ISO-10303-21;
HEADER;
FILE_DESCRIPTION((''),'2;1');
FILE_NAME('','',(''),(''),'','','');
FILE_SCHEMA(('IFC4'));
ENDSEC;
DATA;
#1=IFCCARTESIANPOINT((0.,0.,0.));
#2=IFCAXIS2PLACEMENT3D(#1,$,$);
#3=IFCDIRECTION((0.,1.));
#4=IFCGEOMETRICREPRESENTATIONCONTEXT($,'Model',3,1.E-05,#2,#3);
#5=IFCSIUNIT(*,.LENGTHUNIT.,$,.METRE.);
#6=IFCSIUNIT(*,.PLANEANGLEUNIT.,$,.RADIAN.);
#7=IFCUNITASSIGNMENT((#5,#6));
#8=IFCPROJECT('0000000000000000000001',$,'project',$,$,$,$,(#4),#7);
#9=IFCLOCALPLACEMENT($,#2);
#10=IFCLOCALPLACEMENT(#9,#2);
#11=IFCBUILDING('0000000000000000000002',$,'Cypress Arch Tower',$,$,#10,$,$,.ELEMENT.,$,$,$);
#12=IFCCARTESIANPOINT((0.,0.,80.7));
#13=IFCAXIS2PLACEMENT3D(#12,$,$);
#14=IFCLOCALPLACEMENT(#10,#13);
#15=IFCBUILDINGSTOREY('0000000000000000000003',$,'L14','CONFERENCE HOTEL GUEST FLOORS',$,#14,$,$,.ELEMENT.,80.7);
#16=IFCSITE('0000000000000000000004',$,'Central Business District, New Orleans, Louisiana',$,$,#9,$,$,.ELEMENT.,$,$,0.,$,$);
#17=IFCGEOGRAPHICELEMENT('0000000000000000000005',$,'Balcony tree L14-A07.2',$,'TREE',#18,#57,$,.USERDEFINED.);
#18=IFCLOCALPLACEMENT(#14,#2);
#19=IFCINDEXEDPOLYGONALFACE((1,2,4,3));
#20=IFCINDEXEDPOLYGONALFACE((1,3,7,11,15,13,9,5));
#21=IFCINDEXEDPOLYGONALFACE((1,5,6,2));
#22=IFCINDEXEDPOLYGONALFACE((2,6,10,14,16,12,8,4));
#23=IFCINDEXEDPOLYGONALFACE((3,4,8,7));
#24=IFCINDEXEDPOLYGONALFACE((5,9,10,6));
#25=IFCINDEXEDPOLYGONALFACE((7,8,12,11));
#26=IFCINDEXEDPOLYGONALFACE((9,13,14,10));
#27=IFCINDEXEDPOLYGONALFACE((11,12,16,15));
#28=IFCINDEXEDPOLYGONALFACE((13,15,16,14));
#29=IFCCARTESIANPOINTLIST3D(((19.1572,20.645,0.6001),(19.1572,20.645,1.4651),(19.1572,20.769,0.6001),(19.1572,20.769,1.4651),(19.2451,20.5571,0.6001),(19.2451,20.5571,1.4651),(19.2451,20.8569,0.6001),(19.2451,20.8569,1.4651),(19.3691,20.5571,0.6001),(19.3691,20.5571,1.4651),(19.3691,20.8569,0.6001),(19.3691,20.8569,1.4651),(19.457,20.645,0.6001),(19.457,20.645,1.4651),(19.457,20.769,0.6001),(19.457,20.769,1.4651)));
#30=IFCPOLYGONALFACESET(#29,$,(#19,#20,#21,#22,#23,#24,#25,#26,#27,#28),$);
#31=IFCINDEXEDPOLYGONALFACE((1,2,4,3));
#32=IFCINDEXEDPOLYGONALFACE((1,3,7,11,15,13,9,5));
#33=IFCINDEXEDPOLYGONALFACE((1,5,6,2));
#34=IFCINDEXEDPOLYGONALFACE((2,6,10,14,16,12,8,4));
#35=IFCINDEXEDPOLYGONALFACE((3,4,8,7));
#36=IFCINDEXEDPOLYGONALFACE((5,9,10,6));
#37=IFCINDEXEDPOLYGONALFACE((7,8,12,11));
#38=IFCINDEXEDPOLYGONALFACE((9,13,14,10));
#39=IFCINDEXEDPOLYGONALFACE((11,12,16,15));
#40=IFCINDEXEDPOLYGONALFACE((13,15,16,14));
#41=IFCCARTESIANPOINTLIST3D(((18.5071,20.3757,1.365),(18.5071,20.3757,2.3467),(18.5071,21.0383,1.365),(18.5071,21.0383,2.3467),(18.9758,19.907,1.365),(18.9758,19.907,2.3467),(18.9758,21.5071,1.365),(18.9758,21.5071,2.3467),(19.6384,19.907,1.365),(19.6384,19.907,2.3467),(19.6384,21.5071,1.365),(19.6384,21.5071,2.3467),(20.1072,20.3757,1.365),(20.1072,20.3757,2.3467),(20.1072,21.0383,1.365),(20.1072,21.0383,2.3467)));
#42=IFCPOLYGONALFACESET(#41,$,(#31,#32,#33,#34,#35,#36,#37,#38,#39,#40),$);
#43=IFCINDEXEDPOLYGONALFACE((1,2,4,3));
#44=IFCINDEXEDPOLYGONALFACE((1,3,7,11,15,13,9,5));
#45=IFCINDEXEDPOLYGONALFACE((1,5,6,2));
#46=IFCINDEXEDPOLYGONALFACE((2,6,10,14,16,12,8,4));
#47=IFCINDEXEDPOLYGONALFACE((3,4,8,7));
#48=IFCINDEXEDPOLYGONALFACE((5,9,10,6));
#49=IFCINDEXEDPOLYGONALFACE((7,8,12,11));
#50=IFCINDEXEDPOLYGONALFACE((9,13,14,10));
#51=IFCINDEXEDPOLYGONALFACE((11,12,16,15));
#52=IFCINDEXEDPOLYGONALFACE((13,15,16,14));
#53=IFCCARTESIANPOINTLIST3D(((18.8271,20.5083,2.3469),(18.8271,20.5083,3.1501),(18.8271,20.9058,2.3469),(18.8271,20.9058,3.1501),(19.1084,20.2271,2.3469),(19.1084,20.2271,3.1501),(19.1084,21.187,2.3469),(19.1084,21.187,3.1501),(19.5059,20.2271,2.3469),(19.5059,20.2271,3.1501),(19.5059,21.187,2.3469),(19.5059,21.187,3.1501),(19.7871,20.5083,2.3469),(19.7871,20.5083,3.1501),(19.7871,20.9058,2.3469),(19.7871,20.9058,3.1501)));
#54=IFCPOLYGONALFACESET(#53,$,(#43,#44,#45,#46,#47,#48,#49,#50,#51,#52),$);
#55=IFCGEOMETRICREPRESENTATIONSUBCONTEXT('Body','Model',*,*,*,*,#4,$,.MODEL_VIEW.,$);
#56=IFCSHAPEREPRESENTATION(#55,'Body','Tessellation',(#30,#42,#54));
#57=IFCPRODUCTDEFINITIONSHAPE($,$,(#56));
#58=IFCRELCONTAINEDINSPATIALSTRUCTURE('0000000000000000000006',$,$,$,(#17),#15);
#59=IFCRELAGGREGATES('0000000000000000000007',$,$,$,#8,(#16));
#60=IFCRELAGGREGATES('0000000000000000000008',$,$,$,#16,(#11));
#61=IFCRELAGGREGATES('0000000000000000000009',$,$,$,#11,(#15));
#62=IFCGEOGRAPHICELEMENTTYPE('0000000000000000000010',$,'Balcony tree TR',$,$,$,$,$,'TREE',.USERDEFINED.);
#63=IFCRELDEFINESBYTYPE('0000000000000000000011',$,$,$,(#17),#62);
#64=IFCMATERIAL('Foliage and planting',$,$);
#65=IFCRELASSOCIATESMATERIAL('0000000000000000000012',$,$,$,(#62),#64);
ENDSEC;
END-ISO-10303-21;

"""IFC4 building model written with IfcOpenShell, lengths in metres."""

from ifc_helpers import new_model, si_unit, direction, frame, origin, place, context, subcontext, project, spatial, polyline, outline, extrude, material, type_object, element, save


model = new_model("IFC4")

# Units and contexts
model_context = context("Model", 3, precision=1e-05, world=origin(), true_north=direction((0.0, 1.0)))
body_context = subcontext(model_context, "Body", "Model", "MODEL_VIEW")
ifc_project = project(units=[si_unit("LENGTHUNIT", "METRE"), si_unit("PLANEANGLEUNIT", "RADIAN")], contexts=[model_context])

# Site, building, storey
site_placement = place(None, origin())
site = spatial("IfcSite", under=ifc_project, at=site_placement, Name="Central Business District, New Orleans, Louisiana", CompositionType="ELEMENT", RefElevation=0.0)
building_placement = place(site_placement, origin())
building = spatial("IfcBuilding", under=site, at=building_placement, Name="Cypress Arch Tower", CompositionType="ELEMENT")
storey_placement = place(building_placement, frame((0.0, 0.0, 80.7)))
storey = spatial("IfcBuildingStorey", under=building, at=storey_placement, Name="L14", Description="CONFERENCE HOTEL GUEST FLOORS", CompositionType="ELEMENT", Elevation=80.7)

# Geographic element
ifc_material_1 = material(Name="Foliage and planting")
geographic_element_type = type_object("IfcGeographicElementType", Name="Balcony tree TR", ElementType="TREE", PredefinedType="USERDEFINED", material=ifc_material_1)
geographic_element_placement = place(storey_placement, frame((19.3071, 20.707, 0.6001), z_axis=(0.0, 0.0, 1.0), x_axis=(1.0, 0.0, 0.0)))
element("IfcGeographicElement", 1, at=geographic_element_placement, inside=storey, type_object=geographic_element_type, Name="Balcony tree L14-A07.2", ObjectType="TREE", PredefinedType="USERDEFINED", context=body_context, shape_type="SweptSolid", body=[
    extrude(outline(polyline([(0.1499, 0.062), (0.062, 0.1499), (-0.062, 0.1499), (-0.1499, 0.062), (-0.1499, -0.062), (-0.062, -0.1499), (0.062, -0.1499), (0.1499, -0.062), (0.1499, 0.062)])), origin(), (0.0, 0.0, 1.0), 0.865),
    extrude(outline(polyline([(0.8, 0.3313), (0.3313, 0.8), (-0.3313, 0.8), (-0.8, 0.3313), (-0.8, -0.3313), (-0.3313, -0.8), (0.3313, -0.8), (0.8, -0.3313), (0.8, 0.3313)])), frame((0.0, 0.0, 0.7649)), (0.0, 0.0, 1.0), 0.9817),
    extrude(outline(polyline([(0.48, 0.1987), (0.1987, 0.48), (-0.1987, 0.48), (-0.48, 0.1987), (-0.48, -0.1987), (-0.1987, -0.48), (0.1987, -0.48), (0.48, -0.1987), (0.48, 0.1987)])), frame((0.0, 0.0, 1.7468)), (0.0, 0.0, 1.0), 0.8032),
])

save(model, "model.ifc")
